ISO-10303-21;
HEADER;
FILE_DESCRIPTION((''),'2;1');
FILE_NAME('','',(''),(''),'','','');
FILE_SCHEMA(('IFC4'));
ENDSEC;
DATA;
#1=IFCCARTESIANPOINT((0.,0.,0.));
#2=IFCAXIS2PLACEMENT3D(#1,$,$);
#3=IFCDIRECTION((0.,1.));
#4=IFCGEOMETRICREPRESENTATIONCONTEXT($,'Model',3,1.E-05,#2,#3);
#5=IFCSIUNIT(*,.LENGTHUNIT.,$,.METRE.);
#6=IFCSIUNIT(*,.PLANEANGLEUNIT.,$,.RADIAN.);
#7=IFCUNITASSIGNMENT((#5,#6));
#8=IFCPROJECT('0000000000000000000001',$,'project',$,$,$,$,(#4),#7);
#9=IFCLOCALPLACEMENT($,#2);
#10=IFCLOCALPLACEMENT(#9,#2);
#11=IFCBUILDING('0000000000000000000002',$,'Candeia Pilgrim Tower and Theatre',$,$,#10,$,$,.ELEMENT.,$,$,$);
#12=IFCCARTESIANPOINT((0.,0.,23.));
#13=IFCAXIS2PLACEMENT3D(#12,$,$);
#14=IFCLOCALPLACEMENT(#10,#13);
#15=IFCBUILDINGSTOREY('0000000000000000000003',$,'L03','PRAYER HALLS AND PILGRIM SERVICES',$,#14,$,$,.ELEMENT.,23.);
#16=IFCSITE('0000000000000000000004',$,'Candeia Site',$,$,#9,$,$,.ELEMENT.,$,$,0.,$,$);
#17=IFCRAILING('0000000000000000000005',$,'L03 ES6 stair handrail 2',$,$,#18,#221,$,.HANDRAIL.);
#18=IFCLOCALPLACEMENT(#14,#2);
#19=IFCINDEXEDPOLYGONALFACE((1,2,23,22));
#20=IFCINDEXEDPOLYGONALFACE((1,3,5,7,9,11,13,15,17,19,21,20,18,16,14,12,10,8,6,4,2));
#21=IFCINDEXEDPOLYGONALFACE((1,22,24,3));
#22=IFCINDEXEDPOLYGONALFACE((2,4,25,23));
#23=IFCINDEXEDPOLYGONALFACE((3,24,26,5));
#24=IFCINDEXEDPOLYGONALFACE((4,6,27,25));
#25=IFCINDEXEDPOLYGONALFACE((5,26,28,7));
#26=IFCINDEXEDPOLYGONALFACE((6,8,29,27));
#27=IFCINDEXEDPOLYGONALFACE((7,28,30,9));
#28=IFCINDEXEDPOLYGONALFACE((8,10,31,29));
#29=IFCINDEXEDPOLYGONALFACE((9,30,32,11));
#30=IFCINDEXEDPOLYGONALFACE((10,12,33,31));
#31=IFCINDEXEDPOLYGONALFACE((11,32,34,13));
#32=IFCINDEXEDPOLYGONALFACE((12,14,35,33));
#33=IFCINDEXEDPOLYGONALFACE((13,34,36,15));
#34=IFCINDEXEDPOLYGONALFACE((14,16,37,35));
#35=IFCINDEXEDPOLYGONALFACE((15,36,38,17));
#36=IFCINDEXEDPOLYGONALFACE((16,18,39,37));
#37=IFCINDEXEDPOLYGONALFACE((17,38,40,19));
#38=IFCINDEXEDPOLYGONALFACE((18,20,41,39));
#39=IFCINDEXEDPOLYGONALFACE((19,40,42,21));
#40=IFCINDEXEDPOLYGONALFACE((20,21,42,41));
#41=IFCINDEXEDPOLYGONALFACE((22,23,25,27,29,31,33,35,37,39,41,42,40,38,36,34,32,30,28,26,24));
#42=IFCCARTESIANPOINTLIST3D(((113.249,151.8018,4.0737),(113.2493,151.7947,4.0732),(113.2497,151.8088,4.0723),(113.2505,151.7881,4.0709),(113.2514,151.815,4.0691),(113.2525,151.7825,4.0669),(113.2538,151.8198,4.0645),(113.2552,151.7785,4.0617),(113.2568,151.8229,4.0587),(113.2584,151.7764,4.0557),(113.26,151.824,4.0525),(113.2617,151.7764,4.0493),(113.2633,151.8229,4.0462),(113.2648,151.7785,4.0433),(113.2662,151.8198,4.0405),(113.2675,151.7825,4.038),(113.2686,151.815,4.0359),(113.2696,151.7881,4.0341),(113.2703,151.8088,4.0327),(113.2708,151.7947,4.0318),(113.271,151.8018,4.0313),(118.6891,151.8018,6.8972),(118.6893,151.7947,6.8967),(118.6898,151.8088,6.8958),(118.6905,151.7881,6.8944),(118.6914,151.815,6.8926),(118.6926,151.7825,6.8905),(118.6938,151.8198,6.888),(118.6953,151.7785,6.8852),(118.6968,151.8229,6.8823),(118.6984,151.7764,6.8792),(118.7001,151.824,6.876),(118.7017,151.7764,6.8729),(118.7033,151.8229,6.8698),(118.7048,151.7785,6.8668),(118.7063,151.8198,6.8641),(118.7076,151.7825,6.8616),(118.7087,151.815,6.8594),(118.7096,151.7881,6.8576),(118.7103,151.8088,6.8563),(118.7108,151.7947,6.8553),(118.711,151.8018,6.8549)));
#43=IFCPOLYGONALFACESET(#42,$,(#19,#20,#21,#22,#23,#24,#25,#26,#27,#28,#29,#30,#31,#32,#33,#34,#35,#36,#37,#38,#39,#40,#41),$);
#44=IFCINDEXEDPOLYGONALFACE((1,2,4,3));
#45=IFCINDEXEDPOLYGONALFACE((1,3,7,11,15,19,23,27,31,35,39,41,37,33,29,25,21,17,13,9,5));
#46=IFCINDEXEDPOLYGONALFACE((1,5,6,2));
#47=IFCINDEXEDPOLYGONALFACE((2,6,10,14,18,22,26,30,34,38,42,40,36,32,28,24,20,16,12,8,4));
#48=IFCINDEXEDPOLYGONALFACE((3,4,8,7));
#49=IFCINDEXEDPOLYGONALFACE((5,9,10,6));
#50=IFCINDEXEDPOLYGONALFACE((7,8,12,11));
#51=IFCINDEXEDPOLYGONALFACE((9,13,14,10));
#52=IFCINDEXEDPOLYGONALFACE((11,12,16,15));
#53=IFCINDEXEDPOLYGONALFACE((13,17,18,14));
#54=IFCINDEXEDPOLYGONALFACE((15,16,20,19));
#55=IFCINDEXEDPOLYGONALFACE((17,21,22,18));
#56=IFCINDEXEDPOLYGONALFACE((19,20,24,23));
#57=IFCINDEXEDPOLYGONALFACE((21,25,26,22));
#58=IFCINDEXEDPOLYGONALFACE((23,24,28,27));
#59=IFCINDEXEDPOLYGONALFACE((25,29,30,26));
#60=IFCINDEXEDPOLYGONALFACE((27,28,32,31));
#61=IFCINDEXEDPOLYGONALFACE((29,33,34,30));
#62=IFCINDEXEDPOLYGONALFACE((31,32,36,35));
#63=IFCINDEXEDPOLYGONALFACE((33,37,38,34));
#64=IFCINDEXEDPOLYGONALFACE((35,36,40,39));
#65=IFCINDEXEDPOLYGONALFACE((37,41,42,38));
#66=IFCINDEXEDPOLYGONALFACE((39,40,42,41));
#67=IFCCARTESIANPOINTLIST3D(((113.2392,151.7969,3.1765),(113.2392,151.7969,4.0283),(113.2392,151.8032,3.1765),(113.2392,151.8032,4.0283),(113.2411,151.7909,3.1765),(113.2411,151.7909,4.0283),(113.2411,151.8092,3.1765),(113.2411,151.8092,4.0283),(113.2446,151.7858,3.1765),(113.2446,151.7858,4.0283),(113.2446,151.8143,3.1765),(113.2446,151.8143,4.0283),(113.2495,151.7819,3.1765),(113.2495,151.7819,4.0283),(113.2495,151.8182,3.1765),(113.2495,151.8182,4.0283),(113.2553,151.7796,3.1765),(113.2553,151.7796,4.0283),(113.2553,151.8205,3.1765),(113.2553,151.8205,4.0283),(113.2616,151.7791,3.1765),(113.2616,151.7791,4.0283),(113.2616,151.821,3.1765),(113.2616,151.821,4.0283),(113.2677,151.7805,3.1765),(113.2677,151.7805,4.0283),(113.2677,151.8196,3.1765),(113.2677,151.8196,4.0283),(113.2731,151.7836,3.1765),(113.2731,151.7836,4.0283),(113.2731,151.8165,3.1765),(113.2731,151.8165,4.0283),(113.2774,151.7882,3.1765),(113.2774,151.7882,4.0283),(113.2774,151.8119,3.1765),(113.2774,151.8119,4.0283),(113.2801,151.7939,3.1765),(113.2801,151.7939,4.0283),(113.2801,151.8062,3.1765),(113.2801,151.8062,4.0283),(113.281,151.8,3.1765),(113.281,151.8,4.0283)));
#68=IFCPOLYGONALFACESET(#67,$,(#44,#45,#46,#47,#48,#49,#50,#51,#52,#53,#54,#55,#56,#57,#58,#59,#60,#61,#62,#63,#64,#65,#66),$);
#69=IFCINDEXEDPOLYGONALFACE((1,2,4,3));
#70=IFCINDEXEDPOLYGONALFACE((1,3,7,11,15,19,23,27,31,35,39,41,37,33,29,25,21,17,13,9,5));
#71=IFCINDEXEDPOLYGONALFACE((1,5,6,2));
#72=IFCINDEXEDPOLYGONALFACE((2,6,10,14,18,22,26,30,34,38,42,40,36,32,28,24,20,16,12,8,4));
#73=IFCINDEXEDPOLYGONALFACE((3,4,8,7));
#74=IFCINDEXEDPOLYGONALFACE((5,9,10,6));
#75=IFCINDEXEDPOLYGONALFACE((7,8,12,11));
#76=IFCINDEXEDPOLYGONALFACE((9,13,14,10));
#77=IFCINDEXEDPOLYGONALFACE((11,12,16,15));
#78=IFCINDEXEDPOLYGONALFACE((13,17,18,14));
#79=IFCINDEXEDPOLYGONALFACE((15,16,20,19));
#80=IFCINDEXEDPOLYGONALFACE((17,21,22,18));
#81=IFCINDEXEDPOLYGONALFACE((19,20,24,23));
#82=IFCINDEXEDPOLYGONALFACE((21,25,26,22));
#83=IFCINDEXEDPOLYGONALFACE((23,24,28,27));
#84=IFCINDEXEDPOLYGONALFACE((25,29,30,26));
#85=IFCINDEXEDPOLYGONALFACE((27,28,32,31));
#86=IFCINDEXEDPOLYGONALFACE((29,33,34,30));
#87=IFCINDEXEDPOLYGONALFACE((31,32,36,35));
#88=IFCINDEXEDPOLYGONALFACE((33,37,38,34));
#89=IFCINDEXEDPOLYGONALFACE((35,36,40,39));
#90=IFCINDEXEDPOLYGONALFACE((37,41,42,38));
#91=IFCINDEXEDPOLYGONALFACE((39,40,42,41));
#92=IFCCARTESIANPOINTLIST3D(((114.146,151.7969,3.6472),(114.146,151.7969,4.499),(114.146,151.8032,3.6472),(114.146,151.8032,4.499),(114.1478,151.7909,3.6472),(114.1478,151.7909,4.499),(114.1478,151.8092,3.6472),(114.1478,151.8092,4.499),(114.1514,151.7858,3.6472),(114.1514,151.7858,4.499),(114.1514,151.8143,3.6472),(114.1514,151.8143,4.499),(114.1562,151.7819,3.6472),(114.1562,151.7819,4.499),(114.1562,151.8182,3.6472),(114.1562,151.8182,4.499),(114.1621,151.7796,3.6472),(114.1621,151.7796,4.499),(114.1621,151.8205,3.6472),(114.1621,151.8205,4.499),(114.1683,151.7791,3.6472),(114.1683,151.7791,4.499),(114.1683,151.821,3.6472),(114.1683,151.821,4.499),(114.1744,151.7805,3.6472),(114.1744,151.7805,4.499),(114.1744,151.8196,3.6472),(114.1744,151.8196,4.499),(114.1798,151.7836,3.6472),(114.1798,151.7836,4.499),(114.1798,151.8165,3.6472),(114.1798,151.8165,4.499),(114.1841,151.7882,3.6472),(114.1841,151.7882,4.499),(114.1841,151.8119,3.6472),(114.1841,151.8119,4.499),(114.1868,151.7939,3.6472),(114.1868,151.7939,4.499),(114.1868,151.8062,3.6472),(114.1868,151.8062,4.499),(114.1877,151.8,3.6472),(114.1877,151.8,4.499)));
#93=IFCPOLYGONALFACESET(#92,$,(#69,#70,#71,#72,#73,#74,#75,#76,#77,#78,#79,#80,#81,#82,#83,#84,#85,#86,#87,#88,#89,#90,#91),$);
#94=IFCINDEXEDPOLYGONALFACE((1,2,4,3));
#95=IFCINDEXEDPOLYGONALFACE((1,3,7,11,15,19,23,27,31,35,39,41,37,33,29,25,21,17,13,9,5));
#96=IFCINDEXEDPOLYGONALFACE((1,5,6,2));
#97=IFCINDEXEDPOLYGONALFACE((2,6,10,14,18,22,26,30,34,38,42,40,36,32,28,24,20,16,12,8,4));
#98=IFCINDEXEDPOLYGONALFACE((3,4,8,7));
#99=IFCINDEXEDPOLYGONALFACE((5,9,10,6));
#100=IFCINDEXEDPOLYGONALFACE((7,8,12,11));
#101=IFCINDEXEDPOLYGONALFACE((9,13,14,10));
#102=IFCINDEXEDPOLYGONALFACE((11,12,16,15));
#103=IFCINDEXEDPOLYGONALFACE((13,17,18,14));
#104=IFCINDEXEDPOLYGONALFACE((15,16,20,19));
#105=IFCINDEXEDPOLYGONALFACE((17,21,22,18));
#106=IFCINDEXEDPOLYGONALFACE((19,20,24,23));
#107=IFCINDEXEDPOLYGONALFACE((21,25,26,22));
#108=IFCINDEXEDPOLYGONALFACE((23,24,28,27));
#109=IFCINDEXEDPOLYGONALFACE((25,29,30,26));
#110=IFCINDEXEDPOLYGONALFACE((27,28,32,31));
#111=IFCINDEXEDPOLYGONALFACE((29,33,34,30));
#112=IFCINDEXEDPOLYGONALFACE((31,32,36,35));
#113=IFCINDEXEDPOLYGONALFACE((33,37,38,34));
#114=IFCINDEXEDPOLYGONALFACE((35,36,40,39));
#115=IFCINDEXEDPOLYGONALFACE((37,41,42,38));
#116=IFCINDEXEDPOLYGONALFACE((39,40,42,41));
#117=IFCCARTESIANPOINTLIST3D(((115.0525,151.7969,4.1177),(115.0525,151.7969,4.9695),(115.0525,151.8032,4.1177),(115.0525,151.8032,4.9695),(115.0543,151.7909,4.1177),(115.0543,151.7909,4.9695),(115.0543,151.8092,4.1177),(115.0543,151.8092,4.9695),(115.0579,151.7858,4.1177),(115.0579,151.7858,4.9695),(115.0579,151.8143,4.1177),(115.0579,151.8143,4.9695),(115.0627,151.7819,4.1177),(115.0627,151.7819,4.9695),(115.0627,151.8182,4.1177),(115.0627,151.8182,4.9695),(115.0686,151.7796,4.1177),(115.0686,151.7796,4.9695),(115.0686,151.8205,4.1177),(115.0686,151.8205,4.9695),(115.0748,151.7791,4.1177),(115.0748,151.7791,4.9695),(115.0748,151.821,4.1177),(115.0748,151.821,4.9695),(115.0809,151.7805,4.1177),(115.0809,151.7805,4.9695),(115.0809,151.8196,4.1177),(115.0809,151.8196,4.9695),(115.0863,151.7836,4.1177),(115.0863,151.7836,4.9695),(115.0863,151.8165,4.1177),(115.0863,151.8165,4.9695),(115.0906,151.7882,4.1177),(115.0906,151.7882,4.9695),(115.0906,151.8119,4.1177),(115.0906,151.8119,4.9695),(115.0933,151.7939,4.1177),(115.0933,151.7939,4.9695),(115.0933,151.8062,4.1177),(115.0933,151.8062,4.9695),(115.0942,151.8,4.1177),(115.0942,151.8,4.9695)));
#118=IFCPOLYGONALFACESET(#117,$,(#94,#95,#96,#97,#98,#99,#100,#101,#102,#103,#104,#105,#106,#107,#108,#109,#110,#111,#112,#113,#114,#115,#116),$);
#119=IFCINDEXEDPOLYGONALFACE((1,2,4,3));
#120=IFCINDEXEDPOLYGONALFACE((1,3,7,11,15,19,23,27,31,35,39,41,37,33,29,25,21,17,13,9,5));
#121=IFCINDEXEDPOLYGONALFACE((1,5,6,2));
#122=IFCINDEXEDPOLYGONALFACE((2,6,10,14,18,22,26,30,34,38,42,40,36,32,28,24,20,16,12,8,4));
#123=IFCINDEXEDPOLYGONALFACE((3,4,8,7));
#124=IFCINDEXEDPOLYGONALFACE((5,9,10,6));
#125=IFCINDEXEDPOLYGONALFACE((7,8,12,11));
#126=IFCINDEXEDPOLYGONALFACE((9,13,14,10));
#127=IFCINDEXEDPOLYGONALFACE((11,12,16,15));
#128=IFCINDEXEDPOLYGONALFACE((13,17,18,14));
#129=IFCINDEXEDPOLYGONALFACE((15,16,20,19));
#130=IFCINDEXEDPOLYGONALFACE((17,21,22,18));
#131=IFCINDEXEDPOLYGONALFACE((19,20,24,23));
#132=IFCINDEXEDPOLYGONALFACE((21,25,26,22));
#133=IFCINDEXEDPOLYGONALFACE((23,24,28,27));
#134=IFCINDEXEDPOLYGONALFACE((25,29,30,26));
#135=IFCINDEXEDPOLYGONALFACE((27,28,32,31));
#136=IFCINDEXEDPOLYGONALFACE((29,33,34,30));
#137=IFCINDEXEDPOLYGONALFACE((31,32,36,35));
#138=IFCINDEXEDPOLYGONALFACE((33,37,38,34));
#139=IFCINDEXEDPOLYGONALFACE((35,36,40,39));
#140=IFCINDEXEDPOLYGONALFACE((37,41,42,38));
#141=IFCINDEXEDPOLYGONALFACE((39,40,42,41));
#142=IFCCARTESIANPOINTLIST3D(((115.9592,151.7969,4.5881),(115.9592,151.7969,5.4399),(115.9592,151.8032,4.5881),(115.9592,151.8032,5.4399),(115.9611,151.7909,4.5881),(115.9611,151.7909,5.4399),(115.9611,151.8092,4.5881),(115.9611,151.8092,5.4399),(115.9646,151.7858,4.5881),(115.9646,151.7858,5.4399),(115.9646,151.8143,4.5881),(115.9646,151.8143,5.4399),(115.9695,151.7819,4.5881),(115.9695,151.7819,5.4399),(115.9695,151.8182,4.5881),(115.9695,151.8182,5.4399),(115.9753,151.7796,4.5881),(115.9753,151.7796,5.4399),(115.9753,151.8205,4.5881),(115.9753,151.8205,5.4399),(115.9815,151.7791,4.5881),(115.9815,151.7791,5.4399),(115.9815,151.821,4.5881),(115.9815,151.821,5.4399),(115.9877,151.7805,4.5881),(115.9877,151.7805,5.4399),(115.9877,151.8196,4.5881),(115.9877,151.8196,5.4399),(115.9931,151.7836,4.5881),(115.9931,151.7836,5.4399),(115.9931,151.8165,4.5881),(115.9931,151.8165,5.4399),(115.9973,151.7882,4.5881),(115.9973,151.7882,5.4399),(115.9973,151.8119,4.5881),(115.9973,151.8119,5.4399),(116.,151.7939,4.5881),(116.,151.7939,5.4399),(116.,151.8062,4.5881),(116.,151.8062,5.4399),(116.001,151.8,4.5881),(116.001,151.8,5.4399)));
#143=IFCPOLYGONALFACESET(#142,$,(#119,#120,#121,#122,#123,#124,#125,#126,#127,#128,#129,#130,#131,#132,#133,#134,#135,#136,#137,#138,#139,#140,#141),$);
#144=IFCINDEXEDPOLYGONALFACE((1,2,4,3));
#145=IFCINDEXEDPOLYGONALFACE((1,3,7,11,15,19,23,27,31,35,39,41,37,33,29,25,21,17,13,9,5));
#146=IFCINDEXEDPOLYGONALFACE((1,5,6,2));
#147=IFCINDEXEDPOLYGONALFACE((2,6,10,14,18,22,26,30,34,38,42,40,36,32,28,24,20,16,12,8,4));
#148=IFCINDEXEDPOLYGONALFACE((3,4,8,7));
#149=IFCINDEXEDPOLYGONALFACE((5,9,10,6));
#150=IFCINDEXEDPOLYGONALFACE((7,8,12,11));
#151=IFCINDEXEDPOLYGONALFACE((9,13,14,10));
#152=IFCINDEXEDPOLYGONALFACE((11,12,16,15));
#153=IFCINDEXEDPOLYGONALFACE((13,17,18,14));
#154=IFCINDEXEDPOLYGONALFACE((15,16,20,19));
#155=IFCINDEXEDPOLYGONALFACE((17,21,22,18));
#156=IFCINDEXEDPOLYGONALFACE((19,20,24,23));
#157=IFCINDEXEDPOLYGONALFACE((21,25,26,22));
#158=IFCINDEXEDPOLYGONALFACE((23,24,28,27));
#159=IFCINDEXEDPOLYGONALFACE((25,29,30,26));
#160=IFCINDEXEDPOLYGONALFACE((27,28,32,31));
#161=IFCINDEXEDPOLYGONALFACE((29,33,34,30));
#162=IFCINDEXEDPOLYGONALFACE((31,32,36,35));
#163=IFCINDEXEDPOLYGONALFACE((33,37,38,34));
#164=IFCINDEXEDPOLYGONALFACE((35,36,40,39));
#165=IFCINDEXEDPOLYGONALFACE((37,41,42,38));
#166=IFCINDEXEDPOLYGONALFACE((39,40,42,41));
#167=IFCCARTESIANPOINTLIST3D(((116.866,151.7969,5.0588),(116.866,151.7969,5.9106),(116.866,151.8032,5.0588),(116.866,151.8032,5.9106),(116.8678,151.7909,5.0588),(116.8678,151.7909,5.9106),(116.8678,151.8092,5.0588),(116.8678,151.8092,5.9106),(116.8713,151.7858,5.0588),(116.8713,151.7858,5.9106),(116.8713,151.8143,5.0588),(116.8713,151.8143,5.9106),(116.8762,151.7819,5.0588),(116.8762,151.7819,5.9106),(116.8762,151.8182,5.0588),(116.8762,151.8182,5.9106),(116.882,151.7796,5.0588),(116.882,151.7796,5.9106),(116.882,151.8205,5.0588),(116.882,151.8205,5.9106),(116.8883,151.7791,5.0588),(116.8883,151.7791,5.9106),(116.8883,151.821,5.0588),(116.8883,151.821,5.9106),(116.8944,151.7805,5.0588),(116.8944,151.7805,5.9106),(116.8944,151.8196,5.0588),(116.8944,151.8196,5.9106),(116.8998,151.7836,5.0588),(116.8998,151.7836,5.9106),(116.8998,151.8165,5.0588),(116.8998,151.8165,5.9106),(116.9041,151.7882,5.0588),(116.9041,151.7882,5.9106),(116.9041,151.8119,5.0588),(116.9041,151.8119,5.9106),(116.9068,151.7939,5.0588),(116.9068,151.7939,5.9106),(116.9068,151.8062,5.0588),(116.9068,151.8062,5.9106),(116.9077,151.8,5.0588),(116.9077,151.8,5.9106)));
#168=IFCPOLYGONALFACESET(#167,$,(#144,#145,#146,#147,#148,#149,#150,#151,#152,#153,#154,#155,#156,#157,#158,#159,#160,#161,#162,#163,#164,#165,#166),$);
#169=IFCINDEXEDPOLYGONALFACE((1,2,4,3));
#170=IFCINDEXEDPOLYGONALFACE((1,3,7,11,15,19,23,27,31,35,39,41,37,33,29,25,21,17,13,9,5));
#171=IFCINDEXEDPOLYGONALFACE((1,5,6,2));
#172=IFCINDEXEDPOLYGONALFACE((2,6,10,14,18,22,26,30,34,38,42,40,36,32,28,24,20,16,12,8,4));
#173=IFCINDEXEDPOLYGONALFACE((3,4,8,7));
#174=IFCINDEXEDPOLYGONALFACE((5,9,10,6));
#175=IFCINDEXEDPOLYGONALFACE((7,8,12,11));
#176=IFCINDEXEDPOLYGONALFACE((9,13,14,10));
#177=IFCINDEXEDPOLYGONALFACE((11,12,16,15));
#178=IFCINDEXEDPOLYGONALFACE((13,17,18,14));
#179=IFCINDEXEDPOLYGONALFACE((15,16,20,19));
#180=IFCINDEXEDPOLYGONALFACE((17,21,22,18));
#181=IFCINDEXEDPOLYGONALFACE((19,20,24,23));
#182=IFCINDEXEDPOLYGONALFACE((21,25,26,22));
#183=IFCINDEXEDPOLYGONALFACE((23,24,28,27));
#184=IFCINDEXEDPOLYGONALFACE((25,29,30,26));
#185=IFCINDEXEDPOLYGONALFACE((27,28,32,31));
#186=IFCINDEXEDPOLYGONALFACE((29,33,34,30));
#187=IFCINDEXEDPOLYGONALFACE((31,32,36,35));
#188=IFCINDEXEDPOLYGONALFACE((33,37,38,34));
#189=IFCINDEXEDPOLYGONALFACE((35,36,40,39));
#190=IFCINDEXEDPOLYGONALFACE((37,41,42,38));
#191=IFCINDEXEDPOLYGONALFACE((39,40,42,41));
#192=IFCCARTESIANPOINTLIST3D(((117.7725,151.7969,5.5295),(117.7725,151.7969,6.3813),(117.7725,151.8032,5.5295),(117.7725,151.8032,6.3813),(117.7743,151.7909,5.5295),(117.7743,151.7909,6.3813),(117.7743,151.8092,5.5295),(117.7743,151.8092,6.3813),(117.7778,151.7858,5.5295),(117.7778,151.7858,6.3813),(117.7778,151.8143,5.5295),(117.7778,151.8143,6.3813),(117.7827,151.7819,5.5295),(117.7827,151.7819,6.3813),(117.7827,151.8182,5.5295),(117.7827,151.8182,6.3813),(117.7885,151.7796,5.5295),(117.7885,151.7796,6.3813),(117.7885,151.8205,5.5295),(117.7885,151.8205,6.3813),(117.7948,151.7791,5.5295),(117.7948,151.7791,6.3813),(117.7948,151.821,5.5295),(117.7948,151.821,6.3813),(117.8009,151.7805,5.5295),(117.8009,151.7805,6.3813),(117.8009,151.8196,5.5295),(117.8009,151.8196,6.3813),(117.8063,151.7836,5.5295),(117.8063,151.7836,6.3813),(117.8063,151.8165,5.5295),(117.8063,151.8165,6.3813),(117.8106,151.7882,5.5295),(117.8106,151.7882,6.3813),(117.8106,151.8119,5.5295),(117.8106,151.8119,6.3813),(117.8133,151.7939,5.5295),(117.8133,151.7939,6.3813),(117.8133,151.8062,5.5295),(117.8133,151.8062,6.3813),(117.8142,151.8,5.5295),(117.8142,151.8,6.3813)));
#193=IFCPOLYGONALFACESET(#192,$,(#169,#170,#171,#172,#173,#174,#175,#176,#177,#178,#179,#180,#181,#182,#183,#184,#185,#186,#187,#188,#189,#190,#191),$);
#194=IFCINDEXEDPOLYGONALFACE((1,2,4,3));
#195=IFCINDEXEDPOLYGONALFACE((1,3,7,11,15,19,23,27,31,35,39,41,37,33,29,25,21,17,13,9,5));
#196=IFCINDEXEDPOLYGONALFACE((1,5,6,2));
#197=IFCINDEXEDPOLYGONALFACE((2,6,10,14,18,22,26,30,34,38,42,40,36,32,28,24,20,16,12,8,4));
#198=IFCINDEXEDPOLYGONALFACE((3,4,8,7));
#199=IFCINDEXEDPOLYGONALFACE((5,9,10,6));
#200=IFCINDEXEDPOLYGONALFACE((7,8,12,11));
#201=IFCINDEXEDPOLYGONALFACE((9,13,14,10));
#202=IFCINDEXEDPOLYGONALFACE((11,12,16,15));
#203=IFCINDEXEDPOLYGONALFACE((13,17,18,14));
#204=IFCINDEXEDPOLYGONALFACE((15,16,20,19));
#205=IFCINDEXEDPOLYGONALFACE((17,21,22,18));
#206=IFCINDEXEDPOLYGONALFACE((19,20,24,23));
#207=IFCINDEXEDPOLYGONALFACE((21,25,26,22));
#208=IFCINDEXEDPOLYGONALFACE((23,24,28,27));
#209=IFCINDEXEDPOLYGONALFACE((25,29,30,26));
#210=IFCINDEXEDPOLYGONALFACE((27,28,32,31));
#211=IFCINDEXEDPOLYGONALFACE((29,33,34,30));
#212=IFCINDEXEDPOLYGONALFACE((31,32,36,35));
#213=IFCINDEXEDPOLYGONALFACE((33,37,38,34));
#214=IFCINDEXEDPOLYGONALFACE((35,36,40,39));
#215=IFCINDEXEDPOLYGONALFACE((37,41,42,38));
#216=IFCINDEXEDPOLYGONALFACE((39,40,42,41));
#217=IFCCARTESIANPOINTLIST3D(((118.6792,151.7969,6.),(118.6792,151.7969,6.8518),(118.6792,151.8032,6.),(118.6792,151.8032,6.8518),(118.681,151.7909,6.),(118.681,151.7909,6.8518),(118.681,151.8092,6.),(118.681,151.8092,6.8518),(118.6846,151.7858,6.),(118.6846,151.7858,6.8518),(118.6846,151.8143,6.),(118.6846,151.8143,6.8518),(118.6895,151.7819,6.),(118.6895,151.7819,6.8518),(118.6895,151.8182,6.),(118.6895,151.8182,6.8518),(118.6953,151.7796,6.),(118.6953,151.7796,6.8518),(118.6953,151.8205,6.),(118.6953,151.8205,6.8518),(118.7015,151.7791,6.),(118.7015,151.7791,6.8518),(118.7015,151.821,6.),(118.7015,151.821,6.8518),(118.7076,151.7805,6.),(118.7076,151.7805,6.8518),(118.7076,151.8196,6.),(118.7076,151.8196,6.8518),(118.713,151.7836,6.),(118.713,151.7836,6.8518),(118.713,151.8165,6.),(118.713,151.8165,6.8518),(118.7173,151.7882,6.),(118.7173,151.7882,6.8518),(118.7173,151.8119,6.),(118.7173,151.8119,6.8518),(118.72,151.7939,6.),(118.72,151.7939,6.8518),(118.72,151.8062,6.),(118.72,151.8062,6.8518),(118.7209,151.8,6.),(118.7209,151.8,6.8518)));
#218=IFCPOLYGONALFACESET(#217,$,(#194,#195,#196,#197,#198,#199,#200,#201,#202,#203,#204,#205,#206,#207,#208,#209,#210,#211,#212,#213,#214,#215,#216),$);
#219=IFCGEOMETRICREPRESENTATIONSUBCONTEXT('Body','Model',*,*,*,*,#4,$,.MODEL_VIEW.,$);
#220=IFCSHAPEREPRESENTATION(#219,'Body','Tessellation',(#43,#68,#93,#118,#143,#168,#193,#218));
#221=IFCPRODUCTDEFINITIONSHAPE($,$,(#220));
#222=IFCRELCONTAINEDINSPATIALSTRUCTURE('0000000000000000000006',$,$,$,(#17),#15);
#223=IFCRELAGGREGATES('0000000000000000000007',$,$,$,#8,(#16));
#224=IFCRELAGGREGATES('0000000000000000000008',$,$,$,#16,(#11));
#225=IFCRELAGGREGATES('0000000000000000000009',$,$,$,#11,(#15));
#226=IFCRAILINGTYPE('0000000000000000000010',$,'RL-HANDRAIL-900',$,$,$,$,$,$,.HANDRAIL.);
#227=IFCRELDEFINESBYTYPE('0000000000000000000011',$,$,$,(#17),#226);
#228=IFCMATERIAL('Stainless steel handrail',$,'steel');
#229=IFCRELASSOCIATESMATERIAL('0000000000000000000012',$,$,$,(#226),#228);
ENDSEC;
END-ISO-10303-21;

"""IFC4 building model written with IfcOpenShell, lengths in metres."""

from ifc_helpers import new_model, si_unit, direction, frame, origin, origin_2d, place, context, subcontext, project, spatial, circle, extrude, material, type_object, element, save


model = new_model("IFC4")

# Units and contexts
model_context = context("Model", 3, precision=1e-05, world=origin(), true_north=direction((0.0, 1.0)))
body_context = subcontext(model_context, "Body", "Model", "MODEL_VIEW")
ifc_project = project(units=[si_unit("LENGTHUNIT", "METRE"), si_unit("PLANEANGLEUNIT", "RADIAN")], contexts=[model_context])

# Site, building, storey
site_placement = place(None, origin())
site = spatial("IfcSite", under=ifc_project, at=site_placement, Name="Candeia Site", CompositionType="ELEMENT", RefElevation=0.0)
building_placement = place(site_placement, origin())
building = spatial("IfcBuilding", under=site, at=building_placement, Name="Candeia Pilgrim Tower and Theatre", CompositionType="ELEMENT")
storey_placement = place(building_placement, frame((0.0, 0.0, 23.0)))
storey = spatial("IfcBuildingStorey", under=building, at=storey_placement, Name="L03", Description="PRAYER HALLS AND PILGRIM SERVICES", CompositionType="ELEMENT", Elevation=23.0)

# Railing
ifc_material_1 = material(Name="Stainless steel handrail", Category="steel")
railing_type_1 = type_object("IfcRailingType", Name="RL-HANDRAIL-900", PredefinedType="HANDRAIL", material=ifc_material_1)
railing_1_placement = place(storey_placement, frame((113.26, 151.8, 3.1765)))
element("IfcRailing", 1, at=railing_1_placement, inside=storey, type_object=railing_type_1, Name="L03 ES6 stair handrail 2", PredefinedType="HANDRAIL", context=body_context, shape_type="SweptSolid", body=[
    extrude(circle(Radius=0.0239, at=origin_2d()), frame((0.0, 0.0, 0.876), z_axis=(0.887569, 0.0, 0.460674), x_axis=(0.0, 1.0, 0.0)), (0.0, 0.0, 1.0), 6.1292),
    extrude(circle(Radius=0.021, at=origin_2d()), origin(), (0.0, 0.0, 1.0), 0.8518),
    extrude(circle(Radius=0.021, at=origin_2d()), frame((0.9067, 0.0, 0.4707)), (0.0, 0.0, 1.0), 0.8518),
    extrude(circle(Radius=0.021, at=origin_2d()), frame((1.8132, 0.0, 0.9412)), (0.0, 0.0, 1.0), 0.8518),
    extrude(circle(Radius=0.021, at=origin_2d()), frame((2.72, 0.0, 1.4116)), (0.0, 0.0, 1.0), 0.8518),
    extrude(circle(Radius=0.021, at=origin_2d()), frame((3.6267, 0.0, 1.8823)), (0.0, 0.0, 1.0), 0.8518),
    extrude(circle(Radius=0.021, at=origin_2d()), frame((4.5332, 0.0, 2.353)), (0.0, 0.0, 1.0), 0.8518),
    extrude(circle(Radius=0.021, at=origin_2d()), frame((5.4399, 0.0, 2.8235)), (0.0, 0.0, 1.0), 0.8518),
])

save(model, "model.ifc")
